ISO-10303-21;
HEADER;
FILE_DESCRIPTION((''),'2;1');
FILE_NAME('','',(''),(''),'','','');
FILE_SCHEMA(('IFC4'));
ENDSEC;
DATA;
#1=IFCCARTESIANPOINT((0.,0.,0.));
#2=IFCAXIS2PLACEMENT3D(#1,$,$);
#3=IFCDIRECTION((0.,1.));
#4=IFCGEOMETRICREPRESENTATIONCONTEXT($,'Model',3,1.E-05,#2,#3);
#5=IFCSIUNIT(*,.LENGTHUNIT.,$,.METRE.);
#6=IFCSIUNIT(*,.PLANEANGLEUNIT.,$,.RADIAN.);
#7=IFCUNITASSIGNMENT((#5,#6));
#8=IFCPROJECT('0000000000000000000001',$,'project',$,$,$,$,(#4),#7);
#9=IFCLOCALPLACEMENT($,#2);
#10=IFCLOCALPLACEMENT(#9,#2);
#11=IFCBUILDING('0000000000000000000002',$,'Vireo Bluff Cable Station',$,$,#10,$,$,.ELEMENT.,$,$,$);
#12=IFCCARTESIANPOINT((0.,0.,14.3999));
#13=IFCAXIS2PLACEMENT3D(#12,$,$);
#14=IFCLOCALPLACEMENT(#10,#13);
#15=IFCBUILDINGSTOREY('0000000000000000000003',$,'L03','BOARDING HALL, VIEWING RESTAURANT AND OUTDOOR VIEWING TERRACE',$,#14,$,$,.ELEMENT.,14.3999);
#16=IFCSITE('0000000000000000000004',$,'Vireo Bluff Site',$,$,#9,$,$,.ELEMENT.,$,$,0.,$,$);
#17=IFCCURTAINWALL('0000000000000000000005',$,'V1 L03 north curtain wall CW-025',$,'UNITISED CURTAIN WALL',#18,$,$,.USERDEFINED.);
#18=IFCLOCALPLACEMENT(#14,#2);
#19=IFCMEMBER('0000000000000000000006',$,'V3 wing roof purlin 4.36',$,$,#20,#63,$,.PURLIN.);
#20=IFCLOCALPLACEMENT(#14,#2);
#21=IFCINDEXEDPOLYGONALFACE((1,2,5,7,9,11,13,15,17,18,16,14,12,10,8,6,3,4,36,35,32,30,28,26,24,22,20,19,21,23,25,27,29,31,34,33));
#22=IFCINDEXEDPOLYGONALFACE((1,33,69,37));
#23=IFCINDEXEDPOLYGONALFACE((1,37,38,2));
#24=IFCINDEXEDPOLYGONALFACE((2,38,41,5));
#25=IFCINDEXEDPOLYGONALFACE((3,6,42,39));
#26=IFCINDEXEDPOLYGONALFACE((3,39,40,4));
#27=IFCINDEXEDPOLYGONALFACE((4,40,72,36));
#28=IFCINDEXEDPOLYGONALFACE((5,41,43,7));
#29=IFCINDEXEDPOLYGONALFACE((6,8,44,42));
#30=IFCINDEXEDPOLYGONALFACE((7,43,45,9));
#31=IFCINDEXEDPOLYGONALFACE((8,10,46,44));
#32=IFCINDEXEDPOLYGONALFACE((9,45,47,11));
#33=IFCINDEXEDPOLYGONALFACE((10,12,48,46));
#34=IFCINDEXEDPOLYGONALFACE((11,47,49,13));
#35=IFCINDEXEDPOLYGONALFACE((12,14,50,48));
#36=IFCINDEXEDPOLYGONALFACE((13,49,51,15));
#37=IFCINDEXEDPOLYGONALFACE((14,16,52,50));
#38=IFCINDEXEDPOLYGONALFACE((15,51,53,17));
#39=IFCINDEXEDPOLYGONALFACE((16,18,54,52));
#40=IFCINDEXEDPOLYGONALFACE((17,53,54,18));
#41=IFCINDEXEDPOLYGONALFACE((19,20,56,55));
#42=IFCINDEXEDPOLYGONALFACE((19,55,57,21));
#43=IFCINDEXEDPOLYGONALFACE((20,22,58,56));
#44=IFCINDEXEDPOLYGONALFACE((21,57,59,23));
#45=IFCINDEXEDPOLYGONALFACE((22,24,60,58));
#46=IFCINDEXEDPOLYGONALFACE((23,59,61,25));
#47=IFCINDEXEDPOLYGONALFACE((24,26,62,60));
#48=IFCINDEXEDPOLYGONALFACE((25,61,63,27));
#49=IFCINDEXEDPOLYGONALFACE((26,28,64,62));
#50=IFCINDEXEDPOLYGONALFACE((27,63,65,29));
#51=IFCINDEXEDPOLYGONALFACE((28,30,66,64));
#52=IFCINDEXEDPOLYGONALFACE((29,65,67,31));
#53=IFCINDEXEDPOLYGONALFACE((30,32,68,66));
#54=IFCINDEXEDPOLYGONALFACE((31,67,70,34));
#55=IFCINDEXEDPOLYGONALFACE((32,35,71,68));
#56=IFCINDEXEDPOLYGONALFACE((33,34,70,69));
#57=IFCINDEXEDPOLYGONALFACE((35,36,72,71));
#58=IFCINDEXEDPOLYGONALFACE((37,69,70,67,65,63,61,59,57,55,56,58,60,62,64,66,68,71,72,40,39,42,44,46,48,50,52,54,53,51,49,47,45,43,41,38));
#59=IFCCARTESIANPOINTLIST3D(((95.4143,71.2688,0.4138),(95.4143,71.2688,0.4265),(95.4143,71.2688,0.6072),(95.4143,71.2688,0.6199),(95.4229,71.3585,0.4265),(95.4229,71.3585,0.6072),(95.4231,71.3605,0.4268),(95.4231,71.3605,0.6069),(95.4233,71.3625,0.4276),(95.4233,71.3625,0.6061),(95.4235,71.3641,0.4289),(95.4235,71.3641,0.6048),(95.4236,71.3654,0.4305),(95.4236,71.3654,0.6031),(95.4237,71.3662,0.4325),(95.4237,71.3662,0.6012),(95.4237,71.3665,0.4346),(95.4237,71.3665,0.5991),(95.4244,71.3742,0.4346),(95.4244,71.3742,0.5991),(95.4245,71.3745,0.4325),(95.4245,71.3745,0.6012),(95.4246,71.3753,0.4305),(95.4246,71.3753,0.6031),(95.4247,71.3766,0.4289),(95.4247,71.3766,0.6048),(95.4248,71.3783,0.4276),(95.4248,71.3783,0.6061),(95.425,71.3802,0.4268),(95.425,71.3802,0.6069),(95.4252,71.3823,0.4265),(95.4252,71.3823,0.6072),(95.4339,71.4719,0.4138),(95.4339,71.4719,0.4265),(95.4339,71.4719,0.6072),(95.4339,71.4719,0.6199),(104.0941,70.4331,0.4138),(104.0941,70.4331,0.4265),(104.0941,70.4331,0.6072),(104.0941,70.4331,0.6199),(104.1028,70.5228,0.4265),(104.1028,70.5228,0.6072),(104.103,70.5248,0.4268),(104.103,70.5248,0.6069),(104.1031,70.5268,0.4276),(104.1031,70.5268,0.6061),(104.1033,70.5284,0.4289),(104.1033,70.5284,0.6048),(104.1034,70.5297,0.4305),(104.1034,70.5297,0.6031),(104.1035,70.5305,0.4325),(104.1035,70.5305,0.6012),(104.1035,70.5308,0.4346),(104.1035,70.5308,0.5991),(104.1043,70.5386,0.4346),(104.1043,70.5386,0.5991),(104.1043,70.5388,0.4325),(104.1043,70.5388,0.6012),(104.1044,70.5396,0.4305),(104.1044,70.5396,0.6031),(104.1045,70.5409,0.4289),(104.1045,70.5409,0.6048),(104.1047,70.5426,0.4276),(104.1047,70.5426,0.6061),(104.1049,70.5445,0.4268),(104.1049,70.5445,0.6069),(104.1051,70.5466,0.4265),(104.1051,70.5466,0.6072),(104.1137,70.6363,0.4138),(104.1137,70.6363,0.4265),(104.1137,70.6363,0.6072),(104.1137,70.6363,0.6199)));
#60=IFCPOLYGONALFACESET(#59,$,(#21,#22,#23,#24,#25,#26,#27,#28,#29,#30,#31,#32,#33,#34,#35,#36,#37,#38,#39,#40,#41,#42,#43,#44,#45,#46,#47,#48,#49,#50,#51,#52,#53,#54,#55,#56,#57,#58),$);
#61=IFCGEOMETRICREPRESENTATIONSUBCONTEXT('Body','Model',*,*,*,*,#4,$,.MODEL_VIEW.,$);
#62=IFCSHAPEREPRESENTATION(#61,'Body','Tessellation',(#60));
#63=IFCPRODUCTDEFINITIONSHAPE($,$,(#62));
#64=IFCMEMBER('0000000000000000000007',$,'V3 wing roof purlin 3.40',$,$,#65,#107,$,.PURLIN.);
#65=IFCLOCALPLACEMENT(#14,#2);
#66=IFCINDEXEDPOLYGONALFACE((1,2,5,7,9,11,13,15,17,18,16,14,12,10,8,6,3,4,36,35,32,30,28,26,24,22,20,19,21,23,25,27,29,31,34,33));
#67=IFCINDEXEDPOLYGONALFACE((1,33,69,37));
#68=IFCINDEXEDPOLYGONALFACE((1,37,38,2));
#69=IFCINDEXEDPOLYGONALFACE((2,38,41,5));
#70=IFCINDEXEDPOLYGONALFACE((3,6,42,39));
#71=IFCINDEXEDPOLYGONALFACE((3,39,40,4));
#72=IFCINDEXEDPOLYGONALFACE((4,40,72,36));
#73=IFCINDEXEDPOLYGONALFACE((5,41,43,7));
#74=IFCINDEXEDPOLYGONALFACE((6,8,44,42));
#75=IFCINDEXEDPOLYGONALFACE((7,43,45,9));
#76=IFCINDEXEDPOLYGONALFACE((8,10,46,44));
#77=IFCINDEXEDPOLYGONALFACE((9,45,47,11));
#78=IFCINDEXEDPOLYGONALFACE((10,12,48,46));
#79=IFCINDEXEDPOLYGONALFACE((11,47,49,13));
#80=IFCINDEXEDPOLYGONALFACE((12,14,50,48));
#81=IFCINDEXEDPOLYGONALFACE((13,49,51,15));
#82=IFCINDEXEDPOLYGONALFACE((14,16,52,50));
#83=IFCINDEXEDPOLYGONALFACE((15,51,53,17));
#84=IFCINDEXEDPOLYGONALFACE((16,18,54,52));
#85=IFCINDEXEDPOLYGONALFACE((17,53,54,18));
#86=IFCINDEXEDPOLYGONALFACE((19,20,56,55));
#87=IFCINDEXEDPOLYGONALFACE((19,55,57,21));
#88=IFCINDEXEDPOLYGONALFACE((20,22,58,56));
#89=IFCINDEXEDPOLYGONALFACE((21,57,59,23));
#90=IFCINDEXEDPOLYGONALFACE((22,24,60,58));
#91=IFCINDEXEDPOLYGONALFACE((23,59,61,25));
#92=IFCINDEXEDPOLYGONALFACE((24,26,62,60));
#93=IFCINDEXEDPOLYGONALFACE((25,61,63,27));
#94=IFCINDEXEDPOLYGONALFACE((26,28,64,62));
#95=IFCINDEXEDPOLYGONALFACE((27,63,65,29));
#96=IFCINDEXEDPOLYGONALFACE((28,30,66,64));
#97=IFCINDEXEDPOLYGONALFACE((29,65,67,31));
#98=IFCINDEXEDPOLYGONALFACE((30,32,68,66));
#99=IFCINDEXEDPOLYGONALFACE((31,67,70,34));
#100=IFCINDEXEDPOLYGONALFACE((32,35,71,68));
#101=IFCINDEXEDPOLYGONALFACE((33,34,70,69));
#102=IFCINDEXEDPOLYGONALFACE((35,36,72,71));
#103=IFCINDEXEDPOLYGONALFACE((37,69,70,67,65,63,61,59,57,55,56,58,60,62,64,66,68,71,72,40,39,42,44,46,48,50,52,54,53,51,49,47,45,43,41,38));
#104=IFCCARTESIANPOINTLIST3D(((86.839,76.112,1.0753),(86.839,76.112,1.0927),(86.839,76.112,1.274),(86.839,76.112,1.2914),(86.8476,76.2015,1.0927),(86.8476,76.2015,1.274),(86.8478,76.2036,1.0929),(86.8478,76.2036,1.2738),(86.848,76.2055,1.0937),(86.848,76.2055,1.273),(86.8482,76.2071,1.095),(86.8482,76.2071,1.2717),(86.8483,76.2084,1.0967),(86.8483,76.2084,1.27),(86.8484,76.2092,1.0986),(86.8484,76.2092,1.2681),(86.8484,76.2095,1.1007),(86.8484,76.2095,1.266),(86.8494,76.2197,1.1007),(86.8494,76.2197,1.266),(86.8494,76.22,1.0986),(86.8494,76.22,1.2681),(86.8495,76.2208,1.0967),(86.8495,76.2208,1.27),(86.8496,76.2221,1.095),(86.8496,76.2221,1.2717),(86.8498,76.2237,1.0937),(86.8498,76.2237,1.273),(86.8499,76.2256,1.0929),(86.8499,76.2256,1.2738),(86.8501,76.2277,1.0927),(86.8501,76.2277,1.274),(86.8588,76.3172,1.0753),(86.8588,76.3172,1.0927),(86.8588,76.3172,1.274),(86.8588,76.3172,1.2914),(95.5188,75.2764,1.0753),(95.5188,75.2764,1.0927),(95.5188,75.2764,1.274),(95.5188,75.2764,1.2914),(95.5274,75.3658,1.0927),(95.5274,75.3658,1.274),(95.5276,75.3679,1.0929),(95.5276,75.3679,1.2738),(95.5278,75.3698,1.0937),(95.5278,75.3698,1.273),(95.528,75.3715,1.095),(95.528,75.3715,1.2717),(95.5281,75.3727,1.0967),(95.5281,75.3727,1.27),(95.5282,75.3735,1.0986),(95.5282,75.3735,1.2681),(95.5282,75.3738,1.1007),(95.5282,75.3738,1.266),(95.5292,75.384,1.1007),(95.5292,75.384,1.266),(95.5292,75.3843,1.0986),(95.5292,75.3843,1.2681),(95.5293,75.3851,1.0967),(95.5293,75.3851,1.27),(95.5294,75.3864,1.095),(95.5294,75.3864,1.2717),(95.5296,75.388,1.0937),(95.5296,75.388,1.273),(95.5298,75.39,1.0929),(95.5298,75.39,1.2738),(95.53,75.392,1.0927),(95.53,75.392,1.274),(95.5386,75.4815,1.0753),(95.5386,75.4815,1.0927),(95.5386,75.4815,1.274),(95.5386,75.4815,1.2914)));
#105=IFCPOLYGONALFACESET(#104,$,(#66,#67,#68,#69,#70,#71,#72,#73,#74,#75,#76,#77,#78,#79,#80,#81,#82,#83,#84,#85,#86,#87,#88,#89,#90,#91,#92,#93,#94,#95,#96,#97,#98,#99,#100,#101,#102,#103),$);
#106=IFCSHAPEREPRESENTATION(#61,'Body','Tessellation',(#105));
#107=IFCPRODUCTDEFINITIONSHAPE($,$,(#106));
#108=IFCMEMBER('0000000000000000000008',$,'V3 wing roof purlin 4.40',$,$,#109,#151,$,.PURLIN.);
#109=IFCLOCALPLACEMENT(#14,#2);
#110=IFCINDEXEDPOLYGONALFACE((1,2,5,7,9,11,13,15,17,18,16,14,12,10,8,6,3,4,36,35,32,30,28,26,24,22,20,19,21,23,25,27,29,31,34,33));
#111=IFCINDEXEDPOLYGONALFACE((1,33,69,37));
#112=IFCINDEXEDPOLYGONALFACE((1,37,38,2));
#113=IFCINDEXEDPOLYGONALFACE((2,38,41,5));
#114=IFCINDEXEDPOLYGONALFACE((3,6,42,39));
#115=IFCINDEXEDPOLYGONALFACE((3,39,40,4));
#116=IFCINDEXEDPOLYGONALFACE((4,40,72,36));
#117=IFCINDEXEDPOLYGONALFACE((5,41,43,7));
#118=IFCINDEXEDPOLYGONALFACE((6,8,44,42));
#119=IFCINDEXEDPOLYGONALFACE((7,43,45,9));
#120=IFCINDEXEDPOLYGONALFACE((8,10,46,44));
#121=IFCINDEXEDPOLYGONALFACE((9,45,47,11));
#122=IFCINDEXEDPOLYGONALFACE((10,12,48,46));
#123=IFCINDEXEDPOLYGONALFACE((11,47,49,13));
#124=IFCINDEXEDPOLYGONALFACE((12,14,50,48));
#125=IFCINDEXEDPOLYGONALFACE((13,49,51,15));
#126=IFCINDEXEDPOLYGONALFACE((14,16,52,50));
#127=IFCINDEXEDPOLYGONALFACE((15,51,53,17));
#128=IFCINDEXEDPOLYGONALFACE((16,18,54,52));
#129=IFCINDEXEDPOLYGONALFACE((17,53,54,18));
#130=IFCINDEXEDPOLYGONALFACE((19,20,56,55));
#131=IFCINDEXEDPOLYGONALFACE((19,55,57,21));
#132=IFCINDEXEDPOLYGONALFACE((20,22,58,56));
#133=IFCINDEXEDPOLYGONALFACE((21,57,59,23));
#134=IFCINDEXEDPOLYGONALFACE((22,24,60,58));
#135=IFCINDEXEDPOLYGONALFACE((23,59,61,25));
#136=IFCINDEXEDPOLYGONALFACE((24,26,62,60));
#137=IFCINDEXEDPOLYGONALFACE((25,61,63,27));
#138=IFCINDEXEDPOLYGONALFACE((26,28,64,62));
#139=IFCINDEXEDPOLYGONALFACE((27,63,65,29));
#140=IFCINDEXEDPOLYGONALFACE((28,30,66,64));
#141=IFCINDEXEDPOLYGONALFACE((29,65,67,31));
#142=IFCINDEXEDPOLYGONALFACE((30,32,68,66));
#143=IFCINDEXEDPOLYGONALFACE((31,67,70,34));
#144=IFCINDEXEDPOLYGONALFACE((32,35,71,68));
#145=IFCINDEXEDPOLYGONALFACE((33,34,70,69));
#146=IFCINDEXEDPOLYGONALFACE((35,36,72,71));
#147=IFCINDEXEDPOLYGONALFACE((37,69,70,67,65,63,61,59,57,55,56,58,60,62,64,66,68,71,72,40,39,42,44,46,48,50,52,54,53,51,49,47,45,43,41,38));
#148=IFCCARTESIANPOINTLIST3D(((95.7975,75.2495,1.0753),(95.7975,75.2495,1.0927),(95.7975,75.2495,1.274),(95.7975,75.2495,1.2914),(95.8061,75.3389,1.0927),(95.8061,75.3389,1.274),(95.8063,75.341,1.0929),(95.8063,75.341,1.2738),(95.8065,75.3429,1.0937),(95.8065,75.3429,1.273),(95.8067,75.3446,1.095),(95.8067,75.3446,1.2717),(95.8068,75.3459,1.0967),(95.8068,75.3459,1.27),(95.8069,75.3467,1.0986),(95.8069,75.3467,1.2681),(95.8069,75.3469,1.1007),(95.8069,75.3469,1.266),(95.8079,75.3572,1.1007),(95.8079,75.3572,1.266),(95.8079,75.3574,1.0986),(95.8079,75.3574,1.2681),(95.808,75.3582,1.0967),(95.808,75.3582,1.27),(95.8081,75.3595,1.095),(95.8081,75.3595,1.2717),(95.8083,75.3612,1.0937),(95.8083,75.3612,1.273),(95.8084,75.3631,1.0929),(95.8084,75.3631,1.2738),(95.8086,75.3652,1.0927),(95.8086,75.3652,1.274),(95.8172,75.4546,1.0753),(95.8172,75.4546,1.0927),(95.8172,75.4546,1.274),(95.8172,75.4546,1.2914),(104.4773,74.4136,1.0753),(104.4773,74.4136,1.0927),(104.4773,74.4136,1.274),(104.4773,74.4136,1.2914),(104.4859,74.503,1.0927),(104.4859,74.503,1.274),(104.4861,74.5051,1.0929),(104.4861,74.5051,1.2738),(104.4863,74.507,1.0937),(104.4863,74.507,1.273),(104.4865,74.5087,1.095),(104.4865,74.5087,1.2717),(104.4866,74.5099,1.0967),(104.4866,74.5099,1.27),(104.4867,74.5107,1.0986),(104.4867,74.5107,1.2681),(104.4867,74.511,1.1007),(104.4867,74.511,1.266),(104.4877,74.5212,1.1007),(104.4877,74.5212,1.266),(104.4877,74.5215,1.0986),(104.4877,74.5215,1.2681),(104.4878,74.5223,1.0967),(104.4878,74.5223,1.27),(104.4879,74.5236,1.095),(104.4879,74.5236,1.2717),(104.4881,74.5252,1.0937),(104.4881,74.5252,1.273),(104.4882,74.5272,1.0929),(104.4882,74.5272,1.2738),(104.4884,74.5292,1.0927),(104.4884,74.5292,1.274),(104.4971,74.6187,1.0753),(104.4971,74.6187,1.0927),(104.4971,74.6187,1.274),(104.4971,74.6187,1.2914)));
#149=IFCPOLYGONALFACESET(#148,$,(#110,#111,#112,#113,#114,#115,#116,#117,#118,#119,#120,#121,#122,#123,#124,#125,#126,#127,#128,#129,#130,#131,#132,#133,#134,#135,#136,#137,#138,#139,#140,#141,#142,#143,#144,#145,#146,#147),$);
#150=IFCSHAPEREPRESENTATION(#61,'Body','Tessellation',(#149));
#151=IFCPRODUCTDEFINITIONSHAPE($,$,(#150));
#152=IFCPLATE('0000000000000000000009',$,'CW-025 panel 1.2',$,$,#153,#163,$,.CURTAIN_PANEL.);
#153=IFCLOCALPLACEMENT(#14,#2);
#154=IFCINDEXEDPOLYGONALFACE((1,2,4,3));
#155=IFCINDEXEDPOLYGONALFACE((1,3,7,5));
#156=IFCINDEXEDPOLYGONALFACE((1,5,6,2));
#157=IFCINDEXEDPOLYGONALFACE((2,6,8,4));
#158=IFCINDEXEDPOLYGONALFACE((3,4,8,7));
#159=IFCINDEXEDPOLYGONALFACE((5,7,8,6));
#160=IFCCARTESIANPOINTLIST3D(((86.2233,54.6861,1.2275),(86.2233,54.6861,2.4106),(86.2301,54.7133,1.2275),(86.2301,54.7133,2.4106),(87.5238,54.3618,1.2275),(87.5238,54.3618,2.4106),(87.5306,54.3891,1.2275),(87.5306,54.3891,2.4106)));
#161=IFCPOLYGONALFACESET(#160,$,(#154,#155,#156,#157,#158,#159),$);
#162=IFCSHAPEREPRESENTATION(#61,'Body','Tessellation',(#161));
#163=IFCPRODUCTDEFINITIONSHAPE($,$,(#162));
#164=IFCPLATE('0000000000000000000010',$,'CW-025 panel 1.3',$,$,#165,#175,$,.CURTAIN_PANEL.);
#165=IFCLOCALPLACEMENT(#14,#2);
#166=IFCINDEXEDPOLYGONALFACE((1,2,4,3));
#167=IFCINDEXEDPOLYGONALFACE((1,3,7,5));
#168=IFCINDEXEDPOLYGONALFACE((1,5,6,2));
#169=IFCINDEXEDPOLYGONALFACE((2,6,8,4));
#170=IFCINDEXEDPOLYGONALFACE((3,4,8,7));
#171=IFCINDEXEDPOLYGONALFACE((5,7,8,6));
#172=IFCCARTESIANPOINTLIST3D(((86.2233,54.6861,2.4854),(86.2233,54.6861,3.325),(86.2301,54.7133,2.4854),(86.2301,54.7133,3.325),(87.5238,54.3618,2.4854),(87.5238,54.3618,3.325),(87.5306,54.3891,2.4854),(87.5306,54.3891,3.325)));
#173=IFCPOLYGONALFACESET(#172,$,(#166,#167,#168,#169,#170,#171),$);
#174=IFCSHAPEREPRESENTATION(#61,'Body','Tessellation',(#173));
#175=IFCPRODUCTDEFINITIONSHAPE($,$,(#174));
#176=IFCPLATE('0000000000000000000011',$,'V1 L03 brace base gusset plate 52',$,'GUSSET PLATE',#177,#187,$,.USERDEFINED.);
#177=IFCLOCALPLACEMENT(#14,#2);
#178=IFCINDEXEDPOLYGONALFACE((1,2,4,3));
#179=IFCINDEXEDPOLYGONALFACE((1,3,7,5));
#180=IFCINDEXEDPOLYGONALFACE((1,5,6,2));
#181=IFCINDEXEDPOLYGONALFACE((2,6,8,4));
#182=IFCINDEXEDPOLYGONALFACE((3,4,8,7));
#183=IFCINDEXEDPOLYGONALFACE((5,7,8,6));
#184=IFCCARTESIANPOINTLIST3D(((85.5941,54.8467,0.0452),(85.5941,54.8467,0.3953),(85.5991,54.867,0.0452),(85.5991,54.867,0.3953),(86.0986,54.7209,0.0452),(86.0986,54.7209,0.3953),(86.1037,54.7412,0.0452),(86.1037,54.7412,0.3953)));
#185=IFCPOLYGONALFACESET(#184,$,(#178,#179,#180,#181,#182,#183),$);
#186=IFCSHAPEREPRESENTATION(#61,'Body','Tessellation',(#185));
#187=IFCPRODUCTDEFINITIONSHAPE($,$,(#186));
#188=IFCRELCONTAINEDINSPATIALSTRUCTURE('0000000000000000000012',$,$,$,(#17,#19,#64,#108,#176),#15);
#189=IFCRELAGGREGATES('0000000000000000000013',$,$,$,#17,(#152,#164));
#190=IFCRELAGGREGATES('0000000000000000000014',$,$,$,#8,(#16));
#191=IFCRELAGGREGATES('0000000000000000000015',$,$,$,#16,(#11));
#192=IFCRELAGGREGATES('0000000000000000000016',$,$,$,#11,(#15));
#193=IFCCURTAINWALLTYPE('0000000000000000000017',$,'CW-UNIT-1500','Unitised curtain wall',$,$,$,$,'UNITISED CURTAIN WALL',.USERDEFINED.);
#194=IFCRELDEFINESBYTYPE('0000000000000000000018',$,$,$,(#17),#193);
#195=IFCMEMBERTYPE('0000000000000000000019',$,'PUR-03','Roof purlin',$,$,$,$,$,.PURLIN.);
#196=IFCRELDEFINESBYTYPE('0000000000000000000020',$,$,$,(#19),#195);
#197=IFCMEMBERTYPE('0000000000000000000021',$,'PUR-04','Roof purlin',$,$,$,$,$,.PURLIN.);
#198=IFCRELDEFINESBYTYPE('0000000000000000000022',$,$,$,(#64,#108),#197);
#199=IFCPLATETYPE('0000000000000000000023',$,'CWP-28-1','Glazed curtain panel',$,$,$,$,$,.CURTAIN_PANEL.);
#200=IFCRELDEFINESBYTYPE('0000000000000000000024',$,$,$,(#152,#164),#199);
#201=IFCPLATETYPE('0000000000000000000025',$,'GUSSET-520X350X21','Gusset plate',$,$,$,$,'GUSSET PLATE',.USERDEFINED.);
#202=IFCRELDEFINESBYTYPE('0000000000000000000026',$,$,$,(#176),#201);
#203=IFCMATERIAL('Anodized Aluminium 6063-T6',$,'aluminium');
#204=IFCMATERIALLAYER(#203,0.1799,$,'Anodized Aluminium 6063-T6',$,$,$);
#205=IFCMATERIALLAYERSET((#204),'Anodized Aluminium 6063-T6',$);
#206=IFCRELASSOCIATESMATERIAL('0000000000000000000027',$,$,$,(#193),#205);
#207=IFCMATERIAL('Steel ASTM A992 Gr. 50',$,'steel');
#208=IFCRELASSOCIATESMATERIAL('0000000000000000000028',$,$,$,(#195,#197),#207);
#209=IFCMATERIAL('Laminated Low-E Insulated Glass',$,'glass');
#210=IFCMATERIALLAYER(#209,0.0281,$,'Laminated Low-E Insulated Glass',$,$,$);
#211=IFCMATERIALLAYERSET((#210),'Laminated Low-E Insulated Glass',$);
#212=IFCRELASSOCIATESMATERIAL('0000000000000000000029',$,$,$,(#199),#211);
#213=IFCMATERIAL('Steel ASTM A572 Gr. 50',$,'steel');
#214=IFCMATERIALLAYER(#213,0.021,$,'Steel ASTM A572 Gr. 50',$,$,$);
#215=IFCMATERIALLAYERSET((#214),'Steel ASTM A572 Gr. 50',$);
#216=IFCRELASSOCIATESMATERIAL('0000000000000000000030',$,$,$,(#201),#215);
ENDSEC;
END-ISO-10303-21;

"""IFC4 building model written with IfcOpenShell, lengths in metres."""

from ifc_helpers import new_model, si_unit, direction, frame, origin, origin_2d, place, context, subcontext, project, spatial, rectangle, i_section, extrude, material, layer, layer_set, material_profile, profile_set, type_object, element, aggregate, save


model = new_model("IFC4")

# Units and contexts
model_context = context("Model", 3, precision=1e-05, world=origin(), true_north=direction((0.0, 1.0)))
body_context = subcontext(model_context, "Body", "Model", "MODEL_VIEW")
ifc_project = project(units=[si_unit("LENGTHUNIT", "METRE"), si_unit("PLANEANGLEUNIT", "RADIAN")], contexts=[model_context])

# Site, building, storey
site_placement = place(None, origin())
site = spatial("IfcSite", under=ifc_project, at=site_placement, Name="Vireo Bluff Site", CompositionType="ELEMENT", RefElevation=0.0)
building_placement = place(site_placement, origin())
building = spatial("IfcBuilding", under=site, at=building_placement, Name="Vireo Bluff Cable Station", CompositionType="ELEMENT")
storey_placement = place(building_placement, frame((0.0, 0.0, 14.3999)))
storey = spatial("IfcBuildingStorey", under=building, at=storey_placement, Name="L03", Description="BOARDING HALL, VIEWING RESTAURANT AND OUTDOOR VIEWING TERRACE", CompositionType="ELEMENT", Elevation=14.3999)

# Shared definitions
ifc_material_1 = material(Name="Steel ASTM A992 Gr. 50", Category="steel")

# Curtain wall
ifc_material_2 = material(Name="Anodized Aluminium 6063-T6", Category="aluminium")
ifc_layer_1 = layer(ifc_material_2, 0.1799, Name="Anodized Aluminium 6063-T6")
ifc_layer_set_1 = layer_set([ifc_layer_1], Name="Anodized Aluminium 6063-T6")
curtain_wall_type = type_object("IfcCurtainWallType", Name="CW-UNIT-1500", Description="Unitised curtain wall", ElementType="UNITISED CURTAIN WALL", PredefinedType="USERDEFINED", material=ifc_layer_set_1)
curtain_wall_placement = place(storey_placement, origin())
curtain_wall = element("IfcCurtainWall", 1, at=curtain_wall_placement, inside=storey, type_object=curtain_wall_type, Name="V1 L03 north curtain wall CW-025", ObjectType="UNITISED CURTAIN WALL", PredefinedType="USERDEFINED")

# Members
ifc_material_profile_1 = material_profile(ifc_material_1, i_section(OverallWidth=0.2041, OverallDepth=0.2061, WebThickness=0.0078, FlangeThickness=0.0127, FilletRadius=0.0081, at=origin_2d()), Name="W8X35")
ifc_profile_set_1 = profile_set([ifc_material_profile_1], Name="Steel ASTM A992 Gr. 50")
member_type_1 = type_object("IfcMemberType", Name="PUR-03", Description="Roof purlin", PredefinedType="PURLIN", material=ifc_profile_set_1)
member_1_placement = place(storey_placement, frame((95.4241, 71.3704, 0.5168), z_axis=(0.995397, -0.095836, 0.0), x_axis=(0.095836, 0.995397, 0.0)))
element("IfcMember", 2, at=member_1_placement, inside=storey, type_object=member_type_1, Name="V3 wing roof purlin 4.36", PredefinedType="PURLIN", context=body_context, shape_type="SweptSolid", body=[
    extrude(i_section(OverallWidth=0.2041, OverallDepth=0.2061, WebThickness=0.0078, FlangeThickness=0.0127, FilletRadius=0.0081, at=origin_2d()), origin(), (0.0, 0.0, 1.0), 8.72),
])
ifc_material_profile_2 = material_profile(ifc_material_1, i_section(OverallWidth=0.2061, OverallDepth=0.2161, WebThickness=0.0103, FlangeThickness=0.0173, FilletRadius=0.0081, at=origin_2d()), Name="W8X48")
ifc_profile_set_2 = profile_set([ifc_material_profile_2], Name="Steel ASTM A992 Gr. 50")
member_type_2 = type_object("IfcMemberType", Name="PUR-04", Description="Roof purlin", PredefinedType="PURLIN", material=ifc_profile_set_2)
for number, where, z_axis, x_axis, name in (
    (3, (86.8489, 76.2146, 1.1833), (0.995397, -0.095836, 0.0), (0.095836, 0.995397, 0.0), "V3 wing roof purlin 3.40"),
    (4, (95.8074, 75.3521, 1.1833), (0.995395, -0.095863, 0.0), (0.095863, 0.995395, 0.0), "V3 wing roof purlin 4.40"),
):
    element("IfcMember", number, at=place(storey_placement, frame(where, z_axis=z_axis, x_axis=x_axis)), inside=storey, type_object=member_type_2, Name=name, PredefinedType="PURLIN", context=body_context, shape_type="SweptSolid", body=[
        extrude(i_section(OverallWidth=0.2061, OverallDepth=0.2161, WebThickness=0.0103, FlangeThickness=0.0173, FilletRadius=0.0081, at=origin_2d()), origin(), (0.0, 0.0, 1.0), 8.72),
    ])

# Plates
ifc_material_3 = material(Name="Laminated Low-E Insulated Glass", Category="glass")
ifc_layer_2 = layer(ifc_material_3, 0.0281, Name="Laminated Low-E Insulated Glass")
ifc_layer_set_2 = layer_set([ifc_layer_2], Name="Laminated Low-E Insulated Glass")
plate_type_1 = type_object("IfcPlateType", Name="CWP-28-1", Description="Glazed curtain panel", PredefinedType="CURTAIN_PANEL", material=ifc_layer_set_2)
plate_1_placement = place(storey_placement, frame((86.877, 54.5376, 1.2275), z_axis=(0.0, 0.0, 1.0), x_axis=(0.970296, -0.241922, 0.0)))
plate_1 = element("IfcPlate", 5, at=plate_1_placement, type_object=plate_type_1, Name="CW-025 panel 1.2", PredefinedType="CURTAIN_PANEL", context=body_context, shape_type="SweptSolid", body=[
    extrude(rectangle(XDim=1.3403, YDim=0.0281, at=origin_2d()), origin(), (0.0, 0.0, 1.0), 1.1831),
])
plate_2_placement = place(storey_placement, frame((86.877, 54.5376, 2.4854), z_axis=(0.0, 0.0, 1.0), x_axis=(0.970296, -0.241922, 0.0)))
plate_2 = element("IfcPlate", 6, at=plate_2_placement, type_object=plate_type_1, Name="CW-025 panel 1.3", PredefinedType="CURTAIN_PANEL", context=body_context, shape_type="SweptSolid", body=[
    extrude(rectangle(XDim=1.3403, YDim=0.0281, at=origin_2d()), origin(), (0.0, 0.0, 1.0), 0.8396),
])
aggregate(curtain_wall, [plate_1, plate_2])

# Plate
ifc_material_4 = material(Name="Steel ASTM A572 Gr. 50", Category="steel")
ifc_layer_3 = layer(ifc_material_4, 0.021, Name="Steel ASTM A572 Gr. 50")
ifc_layer_set_3 = layer_set([ifc_layer_3], Name="Steel ASTM A572 Gr. 50")
plate_type_2 = type_object("IfcPlateType", Name="GUSSET-520X350X21", Description="Gusset plate", ElementType="GUSSET PLATE", PredefinedType="USERDEFINED", material=ifc_layer_set_3)
plate_3_placement = place(storey_placement, frame((85.8489, 54.7939, 0.0452), z_axis=(0.0, 0.0, 1.0), x_axis=(0.970296, -0.241922, 0.0)))
element("IfcPlate", 7, at=plate_3_placement, inside=storey, type_object=plate_type_2, Name="V1 L03 brace base gusset plate 52", ObjectType="GUSSET PLATE", PredefinedType="USERDEFINED", context=body_context, shape_type="SweptSolid", body=[
    extrude(rectangle(XDim=0.52, YDim=0.021, at=origin_2d()), origin(), (0.0, 0.0, 1.0), 0.3501),
])

save(model, "model.ifc")
